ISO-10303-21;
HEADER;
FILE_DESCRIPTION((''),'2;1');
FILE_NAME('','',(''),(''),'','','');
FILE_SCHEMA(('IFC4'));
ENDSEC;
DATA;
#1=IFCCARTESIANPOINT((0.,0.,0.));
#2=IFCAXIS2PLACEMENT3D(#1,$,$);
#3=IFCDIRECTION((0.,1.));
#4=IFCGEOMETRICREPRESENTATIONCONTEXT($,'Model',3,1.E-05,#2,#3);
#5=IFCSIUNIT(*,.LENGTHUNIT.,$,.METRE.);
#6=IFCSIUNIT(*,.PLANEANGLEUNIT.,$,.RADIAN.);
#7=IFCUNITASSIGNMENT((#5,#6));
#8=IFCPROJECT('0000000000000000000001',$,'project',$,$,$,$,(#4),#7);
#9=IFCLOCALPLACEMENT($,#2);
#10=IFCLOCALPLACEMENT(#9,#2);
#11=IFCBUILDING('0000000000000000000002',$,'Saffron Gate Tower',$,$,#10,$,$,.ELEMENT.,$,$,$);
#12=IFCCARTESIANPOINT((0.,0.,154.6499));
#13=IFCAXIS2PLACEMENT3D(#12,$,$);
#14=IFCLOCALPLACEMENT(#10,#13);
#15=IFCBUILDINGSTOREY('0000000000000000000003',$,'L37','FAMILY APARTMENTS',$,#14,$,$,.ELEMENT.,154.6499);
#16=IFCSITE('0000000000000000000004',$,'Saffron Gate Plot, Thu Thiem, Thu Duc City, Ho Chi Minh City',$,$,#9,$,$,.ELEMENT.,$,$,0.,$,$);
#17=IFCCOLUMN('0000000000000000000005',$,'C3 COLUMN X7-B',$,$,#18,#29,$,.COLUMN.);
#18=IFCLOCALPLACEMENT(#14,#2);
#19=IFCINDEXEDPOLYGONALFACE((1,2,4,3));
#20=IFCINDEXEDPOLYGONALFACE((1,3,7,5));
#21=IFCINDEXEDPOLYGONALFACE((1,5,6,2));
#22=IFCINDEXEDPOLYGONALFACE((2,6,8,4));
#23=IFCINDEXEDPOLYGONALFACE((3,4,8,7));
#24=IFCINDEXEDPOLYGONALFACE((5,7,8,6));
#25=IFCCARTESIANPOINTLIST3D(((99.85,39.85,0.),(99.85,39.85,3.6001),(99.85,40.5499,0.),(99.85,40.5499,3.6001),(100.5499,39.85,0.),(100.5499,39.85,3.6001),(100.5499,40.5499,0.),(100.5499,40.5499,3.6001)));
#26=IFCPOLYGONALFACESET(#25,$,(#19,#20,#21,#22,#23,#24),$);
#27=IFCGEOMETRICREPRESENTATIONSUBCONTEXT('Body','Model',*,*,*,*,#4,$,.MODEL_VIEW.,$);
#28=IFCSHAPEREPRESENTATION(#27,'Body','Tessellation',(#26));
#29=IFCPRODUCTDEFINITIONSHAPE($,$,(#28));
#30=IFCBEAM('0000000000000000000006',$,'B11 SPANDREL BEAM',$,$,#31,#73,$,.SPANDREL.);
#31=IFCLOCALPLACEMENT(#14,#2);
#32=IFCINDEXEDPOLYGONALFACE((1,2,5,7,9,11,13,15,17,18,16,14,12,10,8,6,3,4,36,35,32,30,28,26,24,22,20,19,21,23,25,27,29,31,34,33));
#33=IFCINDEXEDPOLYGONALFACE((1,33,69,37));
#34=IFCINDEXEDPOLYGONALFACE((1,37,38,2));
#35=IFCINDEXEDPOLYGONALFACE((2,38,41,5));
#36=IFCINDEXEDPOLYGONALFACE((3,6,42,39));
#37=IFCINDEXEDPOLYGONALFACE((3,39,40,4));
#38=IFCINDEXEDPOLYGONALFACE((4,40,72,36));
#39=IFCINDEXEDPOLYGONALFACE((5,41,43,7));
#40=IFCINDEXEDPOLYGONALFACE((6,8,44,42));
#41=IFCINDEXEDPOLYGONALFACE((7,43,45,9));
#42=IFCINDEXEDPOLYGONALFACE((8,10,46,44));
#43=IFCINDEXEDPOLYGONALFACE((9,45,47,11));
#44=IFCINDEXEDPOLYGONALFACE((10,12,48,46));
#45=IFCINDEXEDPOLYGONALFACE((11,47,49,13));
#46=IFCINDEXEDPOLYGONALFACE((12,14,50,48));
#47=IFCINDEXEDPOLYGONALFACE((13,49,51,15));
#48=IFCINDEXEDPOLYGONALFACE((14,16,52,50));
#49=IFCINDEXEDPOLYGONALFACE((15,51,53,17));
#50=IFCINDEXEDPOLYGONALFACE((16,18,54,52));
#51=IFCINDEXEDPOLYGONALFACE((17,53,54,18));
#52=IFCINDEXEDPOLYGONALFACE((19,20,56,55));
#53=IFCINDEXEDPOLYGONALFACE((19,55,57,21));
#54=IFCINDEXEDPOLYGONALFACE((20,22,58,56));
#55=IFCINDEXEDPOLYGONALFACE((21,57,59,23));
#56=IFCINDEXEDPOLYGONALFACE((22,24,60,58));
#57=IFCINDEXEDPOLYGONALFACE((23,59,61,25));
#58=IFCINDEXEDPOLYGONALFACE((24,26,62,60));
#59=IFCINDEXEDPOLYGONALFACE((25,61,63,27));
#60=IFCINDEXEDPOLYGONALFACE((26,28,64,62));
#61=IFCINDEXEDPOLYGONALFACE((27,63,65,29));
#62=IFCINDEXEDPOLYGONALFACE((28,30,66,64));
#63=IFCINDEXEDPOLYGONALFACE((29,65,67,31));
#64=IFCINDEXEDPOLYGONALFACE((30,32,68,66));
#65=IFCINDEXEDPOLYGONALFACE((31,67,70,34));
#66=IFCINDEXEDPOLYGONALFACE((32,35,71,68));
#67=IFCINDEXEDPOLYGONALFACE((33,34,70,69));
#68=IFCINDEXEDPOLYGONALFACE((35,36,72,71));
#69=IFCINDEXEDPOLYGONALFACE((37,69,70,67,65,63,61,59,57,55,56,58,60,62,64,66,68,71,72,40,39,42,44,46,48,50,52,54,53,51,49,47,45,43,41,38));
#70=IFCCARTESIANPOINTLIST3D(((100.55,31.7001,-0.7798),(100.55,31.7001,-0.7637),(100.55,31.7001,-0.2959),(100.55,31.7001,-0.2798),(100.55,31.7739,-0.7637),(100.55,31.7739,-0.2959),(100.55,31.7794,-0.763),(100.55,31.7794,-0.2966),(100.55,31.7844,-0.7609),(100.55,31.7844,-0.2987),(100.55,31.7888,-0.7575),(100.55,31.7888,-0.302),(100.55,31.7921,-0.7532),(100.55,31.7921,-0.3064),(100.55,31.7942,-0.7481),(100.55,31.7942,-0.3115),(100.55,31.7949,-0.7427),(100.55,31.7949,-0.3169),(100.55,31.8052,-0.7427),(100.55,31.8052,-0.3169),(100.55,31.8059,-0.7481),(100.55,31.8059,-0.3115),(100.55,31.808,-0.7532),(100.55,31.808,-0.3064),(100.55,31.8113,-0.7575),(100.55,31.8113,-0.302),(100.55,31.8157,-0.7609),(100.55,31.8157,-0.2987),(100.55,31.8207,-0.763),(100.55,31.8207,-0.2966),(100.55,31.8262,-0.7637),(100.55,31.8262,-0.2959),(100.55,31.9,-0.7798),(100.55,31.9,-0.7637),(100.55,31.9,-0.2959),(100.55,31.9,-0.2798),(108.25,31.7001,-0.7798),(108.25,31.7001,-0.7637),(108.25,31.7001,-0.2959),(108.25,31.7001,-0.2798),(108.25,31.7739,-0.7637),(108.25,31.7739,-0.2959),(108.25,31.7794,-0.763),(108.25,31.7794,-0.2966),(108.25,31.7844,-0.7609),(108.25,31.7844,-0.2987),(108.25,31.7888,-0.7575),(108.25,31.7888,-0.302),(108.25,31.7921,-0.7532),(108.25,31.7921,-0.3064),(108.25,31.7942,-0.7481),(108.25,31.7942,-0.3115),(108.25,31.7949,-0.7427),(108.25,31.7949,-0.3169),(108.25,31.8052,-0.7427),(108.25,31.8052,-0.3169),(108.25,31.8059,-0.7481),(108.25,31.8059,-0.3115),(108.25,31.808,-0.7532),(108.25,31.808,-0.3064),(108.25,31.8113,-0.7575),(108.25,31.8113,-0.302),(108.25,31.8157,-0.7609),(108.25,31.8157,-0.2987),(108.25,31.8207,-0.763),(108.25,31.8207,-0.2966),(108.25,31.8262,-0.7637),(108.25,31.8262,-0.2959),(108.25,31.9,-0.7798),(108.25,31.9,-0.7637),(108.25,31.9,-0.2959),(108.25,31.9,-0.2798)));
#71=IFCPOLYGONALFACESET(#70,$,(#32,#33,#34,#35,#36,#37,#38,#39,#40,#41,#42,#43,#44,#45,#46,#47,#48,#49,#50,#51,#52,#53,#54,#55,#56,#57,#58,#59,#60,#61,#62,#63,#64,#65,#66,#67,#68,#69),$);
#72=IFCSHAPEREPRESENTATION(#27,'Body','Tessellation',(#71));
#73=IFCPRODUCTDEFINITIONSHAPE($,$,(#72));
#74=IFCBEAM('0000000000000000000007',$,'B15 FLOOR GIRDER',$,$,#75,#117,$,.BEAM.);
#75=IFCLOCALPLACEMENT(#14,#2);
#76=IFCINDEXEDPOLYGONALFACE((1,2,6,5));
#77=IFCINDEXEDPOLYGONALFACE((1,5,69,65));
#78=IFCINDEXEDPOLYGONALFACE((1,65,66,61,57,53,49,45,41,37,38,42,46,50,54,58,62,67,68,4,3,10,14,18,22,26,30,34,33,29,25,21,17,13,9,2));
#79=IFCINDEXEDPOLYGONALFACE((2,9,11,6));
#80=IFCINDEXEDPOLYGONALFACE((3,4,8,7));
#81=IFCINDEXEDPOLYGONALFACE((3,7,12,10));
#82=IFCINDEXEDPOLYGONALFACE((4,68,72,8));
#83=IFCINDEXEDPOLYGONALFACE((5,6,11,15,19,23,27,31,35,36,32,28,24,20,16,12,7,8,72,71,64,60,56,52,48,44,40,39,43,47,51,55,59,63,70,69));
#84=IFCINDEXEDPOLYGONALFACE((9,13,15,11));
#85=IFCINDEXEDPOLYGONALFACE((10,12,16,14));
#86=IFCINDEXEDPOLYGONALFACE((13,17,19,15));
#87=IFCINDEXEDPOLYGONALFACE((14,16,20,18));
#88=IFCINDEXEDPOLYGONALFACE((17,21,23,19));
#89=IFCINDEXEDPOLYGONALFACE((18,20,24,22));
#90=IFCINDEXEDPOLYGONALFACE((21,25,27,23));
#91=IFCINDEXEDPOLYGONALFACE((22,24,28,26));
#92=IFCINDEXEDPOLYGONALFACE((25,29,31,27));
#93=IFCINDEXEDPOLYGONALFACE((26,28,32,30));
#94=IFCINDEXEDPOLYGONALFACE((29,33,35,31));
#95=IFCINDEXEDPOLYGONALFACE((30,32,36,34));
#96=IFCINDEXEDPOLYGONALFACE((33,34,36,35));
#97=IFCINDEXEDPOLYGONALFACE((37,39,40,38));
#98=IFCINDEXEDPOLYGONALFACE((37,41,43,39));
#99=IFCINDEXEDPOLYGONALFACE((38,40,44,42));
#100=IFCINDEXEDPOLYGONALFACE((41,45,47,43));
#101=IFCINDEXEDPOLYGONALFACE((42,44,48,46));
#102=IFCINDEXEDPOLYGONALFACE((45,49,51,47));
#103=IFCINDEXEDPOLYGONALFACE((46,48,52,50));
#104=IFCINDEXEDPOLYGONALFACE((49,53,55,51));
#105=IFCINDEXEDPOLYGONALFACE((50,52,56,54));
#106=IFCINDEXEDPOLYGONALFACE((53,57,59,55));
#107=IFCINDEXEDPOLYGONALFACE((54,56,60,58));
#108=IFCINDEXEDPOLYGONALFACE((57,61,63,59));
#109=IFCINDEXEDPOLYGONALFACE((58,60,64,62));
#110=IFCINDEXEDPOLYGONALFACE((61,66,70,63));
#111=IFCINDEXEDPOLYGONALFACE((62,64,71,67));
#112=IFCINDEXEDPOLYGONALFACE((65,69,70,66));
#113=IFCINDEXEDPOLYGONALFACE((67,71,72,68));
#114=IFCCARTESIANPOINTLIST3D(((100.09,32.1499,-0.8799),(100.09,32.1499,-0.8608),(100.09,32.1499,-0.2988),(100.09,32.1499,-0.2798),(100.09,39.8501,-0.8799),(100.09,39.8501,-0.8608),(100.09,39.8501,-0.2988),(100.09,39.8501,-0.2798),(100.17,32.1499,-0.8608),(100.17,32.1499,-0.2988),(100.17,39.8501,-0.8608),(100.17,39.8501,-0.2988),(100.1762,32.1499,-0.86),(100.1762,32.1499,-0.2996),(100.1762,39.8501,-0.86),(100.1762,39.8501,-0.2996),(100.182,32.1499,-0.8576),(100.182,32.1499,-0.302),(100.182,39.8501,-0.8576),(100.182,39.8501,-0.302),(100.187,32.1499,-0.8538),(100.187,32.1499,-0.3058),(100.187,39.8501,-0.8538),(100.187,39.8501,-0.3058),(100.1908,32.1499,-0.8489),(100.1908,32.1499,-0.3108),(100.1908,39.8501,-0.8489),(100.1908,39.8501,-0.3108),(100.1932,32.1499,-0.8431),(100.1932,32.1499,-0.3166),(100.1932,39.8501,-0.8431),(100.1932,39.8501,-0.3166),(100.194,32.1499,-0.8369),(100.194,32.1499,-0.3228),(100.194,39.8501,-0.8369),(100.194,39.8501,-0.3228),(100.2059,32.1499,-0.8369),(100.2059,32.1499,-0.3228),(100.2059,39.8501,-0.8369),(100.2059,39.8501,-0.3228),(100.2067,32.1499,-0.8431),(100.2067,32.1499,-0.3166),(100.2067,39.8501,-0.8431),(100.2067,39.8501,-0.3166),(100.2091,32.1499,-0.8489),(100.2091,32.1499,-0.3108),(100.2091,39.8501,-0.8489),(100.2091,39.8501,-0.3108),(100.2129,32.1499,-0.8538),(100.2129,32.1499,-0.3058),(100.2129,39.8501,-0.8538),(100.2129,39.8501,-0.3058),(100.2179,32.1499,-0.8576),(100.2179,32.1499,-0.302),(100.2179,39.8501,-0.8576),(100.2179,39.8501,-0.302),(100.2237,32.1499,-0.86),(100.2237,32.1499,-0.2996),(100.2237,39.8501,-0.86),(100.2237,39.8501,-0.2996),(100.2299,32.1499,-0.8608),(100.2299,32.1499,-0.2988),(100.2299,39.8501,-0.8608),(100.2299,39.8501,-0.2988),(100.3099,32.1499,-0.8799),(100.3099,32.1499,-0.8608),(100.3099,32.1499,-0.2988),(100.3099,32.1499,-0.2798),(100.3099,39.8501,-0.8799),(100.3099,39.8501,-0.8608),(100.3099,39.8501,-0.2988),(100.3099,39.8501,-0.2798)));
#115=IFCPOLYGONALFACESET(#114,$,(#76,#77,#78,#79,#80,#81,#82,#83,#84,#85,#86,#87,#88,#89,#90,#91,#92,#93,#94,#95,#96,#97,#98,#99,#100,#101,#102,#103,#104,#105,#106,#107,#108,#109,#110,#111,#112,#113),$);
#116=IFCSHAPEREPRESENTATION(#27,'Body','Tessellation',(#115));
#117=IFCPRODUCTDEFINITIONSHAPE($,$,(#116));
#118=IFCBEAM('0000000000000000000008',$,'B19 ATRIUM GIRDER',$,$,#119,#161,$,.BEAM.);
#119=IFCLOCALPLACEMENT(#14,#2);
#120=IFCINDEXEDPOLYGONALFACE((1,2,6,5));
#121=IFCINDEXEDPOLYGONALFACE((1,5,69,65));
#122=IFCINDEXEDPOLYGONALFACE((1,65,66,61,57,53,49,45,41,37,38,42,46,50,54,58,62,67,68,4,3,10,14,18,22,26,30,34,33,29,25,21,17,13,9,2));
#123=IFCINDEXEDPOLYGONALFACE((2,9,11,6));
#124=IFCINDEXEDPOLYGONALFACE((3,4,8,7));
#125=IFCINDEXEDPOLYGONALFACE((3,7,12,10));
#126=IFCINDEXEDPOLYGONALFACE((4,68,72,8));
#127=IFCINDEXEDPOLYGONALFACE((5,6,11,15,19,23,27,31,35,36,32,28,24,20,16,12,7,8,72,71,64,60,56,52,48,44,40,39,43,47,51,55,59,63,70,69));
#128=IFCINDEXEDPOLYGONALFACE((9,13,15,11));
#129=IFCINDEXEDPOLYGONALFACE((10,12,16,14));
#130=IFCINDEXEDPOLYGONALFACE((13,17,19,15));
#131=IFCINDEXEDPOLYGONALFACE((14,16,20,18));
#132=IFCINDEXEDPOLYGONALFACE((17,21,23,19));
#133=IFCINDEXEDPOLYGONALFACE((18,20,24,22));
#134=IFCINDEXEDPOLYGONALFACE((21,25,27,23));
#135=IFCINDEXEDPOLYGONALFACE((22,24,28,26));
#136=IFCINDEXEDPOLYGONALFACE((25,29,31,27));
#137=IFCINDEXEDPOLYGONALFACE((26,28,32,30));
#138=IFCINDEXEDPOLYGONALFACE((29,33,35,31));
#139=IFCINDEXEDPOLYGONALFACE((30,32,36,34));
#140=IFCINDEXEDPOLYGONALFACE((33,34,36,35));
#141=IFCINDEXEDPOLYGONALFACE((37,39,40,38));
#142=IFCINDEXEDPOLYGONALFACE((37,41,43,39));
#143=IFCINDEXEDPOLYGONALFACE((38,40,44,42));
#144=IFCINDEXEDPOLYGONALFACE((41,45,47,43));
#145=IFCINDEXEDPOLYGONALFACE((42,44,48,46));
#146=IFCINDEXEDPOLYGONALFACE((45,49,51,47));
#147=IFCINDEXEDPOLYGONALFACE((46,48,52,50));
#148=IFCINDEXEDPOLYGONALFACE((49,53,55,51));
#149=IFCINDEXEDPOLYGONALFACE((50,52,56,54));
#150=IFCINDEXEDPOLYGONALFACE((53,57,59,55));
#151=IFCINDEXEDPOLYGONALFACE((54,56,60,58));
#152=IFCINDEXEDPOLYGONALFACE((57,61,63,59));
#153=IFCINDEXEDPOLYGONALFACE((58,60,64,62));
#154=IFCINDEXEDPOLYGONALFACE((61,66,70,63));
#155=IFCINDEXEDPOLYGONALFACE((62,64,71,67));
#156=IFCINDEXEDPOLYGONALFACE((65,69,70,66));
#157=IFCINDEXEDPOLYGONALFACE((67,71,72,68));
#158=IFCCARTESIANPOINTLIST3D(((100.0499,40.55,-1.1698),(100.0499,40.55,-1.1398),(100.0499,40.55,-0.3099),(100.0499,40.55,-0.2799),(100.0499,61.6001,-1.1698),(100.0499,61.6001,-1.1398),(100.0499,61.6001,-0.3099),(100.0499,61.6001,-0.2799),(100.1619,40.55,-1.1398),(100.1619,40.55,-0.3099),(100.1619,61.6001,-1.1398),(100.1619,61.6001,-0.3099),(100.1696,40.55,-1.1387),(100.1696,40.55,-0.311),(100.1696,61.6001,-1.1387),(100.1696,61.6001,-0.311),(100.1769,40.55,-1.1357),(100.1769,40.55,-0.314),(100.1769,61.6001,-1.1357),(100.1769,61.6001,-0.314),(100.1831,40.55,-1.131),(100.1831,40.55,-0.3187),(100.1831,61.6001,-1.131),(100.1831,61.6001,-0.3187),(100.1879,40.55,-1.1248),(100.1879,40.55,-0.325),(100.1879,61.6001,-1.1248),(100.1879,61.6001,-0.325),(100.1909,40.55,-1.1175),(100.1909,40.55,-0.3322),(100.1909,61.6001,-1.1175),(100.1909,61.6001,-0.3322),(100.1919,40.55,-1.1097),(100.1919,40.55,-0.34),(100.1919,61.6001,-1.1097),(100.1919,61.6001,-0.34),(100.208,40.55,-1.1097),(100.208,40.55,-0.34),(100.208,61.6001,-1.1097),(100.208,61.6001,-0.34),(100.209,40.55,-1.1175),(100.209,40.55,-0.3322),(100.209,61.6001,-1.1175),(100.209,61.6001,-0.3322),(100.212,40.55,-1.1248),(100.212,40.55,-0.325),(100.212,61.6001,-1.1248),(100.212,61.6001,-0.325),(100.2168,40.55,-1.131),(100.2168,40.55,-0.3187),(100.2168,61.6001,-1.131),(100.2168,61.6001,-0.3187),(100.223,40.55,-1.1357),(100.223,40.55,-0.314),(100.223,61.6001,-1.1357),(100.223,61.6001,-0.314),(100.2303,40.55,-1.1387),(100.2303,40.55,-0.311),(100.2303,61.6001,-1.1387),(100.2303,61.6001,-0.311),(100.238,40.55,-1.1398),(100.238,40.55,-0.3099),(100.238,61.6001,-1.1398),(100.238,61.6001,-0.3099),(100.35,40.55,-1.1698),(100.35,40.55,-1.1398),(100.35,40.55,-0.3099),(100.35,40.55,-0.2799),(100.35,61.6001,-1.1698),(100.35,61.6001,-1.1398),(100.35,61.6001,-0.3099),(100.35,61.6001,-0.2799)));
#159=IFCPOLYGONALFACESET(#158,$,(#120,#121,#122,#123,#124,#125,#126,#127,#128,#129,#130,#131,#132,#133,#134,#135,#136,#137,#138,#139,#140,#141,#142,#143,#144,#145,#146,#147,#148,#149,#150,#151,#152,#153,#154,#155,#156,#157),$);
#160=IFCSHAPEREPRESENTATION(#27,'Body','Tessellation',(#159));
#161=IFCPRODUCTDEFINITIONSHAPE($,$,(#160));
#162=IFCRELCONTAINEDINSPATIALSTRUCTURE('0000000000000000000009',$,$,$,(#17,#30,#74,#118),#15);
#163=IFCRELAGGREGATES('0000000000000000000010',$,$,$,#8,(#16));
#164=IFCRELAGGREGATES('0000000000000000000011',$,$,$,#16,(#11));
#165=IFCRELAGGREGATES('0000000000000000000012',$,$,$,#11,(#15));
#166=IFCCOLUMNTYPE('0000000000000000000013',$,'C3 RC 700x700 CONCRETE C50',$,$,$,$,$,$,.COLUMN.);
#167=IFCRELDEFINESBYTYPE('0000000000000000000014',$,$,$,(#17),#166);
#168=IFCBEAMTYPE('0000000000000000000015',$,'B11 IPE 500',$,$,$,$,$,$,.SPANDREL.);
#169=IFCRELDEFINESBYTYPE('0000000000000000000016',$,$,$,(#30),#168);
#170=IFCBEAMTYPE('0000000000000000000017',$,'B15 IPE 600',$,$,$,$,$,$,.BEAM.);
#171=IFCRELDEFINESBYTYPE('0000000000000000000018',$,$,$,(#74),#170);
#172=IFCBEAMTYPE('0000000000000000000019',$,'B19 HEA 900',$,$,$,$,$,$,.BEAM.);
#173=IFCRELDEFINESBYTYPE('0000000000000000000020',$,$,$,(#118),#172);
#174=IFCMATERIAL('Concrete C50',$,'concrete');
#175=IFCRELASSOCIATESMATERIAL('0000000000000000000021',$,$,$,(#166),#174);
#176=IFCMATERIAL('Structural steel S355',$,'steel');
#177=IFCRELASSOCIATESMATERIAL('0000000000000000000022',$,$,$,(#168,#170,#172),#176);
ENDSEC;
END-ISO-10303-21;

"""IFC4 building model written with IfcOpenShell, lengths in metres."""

from ifc_helpers import new_model, si_unit, direction, frame, origin, origin_2d, place, context, subcontext, project, spatial, rectangle, i_section, extrude, material, material_profile, profile_set, type_object, element, save


model = new_model("IFC4")

# Units and contexts
model_context = context("Model", 3, precision=1e-05, world=origin(), true_north=direction((0.0, 1.0)))
body_context = subcontext(model_context, "Body", "Model", "MODEL_VIEW")
ifc_project = project(units=[si_unit("LENGTHUNIT", "METRE"), si_unit("PLANEANGLEUNIT", "RADIAN")], contexts=[model_context])

# Site, building, storey
site_placement = place(None, origin())
site = spatial("IfcSite", under=ifc_project, at=site_placement, Name="Saffron Gate Plot, Thu Thiem, Thu Duc City, Ho Chi Minh City", CompositionType="ELEMENT", RefElevation=0.0)
building_placement = place(site_placement, origin())
building = spatial("IfcBuilding", under=site, at=building_placement, Name="Saffron Gate Tower", CompositionType="ELEMENT")
storey_placement = place(building_placement, frame((0.0, 0.0, 154.6499)))
storey = spatial("IfcBuildingStorey", under=building, at=storey_placement, Name="L37", Description="FAMILY APARTMENTS", CompositionType="ELEMENT", Elevation=154.6499)

# Column
ifc_material_1 = material(Name="Concrete C50", Category="concrete")
ifc_material_profile_1 = material_profile(ifc_material_1, rectangle(XDim=0.7, YDim=0.7, at=origin_2d()))
ifc_profile_set_1 = profile_set([ifc_material_profile_1], Name="Concrete C50")
column_type = type_object("IfcColumnType", Name="C3 RC 700x700 CONCRETE C50", PredefinedType="COLUMN", material=ifc_profile_set_1)
column_placement = place(storey_placement, frame((100.2, 40.2, 0.0), z_axis=(0.0, 0.0, 1.0), x_axis=(1.0, 0.0, 0.0)))
element("IfcColumn", 1, at=column_placement, inside=storey, type_object=column_type, Name="C3 COLUMN X7-B", PredefinedType="COLUMN", context=body_context, shape_type="SweptSolid", body=[
    extrude(rectangle(XDim=0.7, YDim=0.7, at=origin_2d()), origin(), (0.0, 0.0, 1.0), 3.6001),
])

# Beams
ifc_material_2 = material(Name="Structural steel S355", Category="steel")
ifc_material_profile_2 = material_profile(ifc_material_2, i_section(OverallWidth=0.2, OverallDepth=0.5, WebThickness=0.0103, FlangeThickness=0.0161, FilletRadius=0.021, at=origin_2d()))
ifc_profile_set_2 = profile_set([ifc_material_profile_2], Name="Structural steel S355")
beam_type_1 = type_object("IfcBeamType", Name="B11 IPE 500", PredefinedType="SPANDREL", material=ifc_profile_set_2)
beam_1_placement = place(storey_placement, frame((100.55, 31.8, -0.5298), z_axis=(1.0, 0.0, 0.0), x_axis=(0.0, 1.0, 0.0)))
element("IfcBeam", 2, at=beam_1_placement, inside=storey, type_object=beam_type_1, Name="B11 SPANDREL BEAM", PredefinedType="SPANDREL", context=body_context, shape_type="SweptSolid", body=[
    extrude(i_section(OverallWidth=0.2, OverallDepth=0.5, WebThickness=0.0103, FlangeThickness=0.0161, FilletRadius=0.021, at=origin_2d()), origin(), (0.0, 0.0, 1.0), 7.7),
])
ifc_material_profile_3 = material_profile(ifc_material_2, i_section(OverallWidth=0.22, OverallDepth=0.6001, WebThickness=0.012, FlangeThickness=0.019, FilletRadius=0.0239, at=origin_2d()))
ifc_profile_set_3 = profile_set([ifc_material_profile_3], Name="Structural steel S355")
beam_type_2 = type_object("IfcBeamType", Name="B15 IPE 600", PredefinedType="BEAM", material=ifc_profile_set_3)
beam_2_placement = place(storey_placement, frame((100.2, 32.1499, -0.5798), z_axis=(0.0, 1.0, 0.0), x_axis=(-1.0, 0.0, 0.0)))
element("IfcBeam", 3, at=beam_2_placement, inside=storey, type_object=beam_type_2, Name="B15 FLOOR GIRDER", PredefinedType="BEAM", context=body_context, shape_type="SweptSolid", body=[
    extrude(i_section(OverallWidth=0.22, OverallDepth=0.6001, WebThickness=0.012, FlangeThickness=0.019, FilletRadius=0.0239, at=origin_2d()), origin(), (0.0, 0.0, 1.0), 7.7002),
])
ifc_material_profile_4 = material_profile(ifc_material_2, i_section(OverallWidth=0.3, OverallDepth=0.8899, WebThickness=0.0161, FlangeThickness=0.03, FilletRadius=0.03, at=origin_2d()))
ifc_profile_set_4 = profile_set([ifc_material_profile_4], Name="Structural steel S355")
beam_type_3 = type_object("IfcBeamType", Name="B19 HEA 900", PredefinedType="BEAM", material=ifc_profile_set_4)
beam_3_placement = place(storey_placement, frame((100.2, 40.55, -0.7249), z_axis=(0.0, 1.0, 0.0), x_axis=(-1.0, 0.0, 0.0)))
element("IfcBeam", 4, at=beam_3_placement, inside=storey, type_object=beam_type_3, Name="B19 ATRIUM GIRDER", PredefinedType="BEAM", context=body_context, shape_type="SweptSolid", body=[
    extrude(i_section(OverallWidth=0.3, OverallDepth=0.8899, WebThickness=0.0161, FlangeThickness=0.03, FilletRadius=0.03, at=origin_2d()), origin(), (0.0, 0.0, 1.0), 21.05),
])

save(model, "model.ifc")
